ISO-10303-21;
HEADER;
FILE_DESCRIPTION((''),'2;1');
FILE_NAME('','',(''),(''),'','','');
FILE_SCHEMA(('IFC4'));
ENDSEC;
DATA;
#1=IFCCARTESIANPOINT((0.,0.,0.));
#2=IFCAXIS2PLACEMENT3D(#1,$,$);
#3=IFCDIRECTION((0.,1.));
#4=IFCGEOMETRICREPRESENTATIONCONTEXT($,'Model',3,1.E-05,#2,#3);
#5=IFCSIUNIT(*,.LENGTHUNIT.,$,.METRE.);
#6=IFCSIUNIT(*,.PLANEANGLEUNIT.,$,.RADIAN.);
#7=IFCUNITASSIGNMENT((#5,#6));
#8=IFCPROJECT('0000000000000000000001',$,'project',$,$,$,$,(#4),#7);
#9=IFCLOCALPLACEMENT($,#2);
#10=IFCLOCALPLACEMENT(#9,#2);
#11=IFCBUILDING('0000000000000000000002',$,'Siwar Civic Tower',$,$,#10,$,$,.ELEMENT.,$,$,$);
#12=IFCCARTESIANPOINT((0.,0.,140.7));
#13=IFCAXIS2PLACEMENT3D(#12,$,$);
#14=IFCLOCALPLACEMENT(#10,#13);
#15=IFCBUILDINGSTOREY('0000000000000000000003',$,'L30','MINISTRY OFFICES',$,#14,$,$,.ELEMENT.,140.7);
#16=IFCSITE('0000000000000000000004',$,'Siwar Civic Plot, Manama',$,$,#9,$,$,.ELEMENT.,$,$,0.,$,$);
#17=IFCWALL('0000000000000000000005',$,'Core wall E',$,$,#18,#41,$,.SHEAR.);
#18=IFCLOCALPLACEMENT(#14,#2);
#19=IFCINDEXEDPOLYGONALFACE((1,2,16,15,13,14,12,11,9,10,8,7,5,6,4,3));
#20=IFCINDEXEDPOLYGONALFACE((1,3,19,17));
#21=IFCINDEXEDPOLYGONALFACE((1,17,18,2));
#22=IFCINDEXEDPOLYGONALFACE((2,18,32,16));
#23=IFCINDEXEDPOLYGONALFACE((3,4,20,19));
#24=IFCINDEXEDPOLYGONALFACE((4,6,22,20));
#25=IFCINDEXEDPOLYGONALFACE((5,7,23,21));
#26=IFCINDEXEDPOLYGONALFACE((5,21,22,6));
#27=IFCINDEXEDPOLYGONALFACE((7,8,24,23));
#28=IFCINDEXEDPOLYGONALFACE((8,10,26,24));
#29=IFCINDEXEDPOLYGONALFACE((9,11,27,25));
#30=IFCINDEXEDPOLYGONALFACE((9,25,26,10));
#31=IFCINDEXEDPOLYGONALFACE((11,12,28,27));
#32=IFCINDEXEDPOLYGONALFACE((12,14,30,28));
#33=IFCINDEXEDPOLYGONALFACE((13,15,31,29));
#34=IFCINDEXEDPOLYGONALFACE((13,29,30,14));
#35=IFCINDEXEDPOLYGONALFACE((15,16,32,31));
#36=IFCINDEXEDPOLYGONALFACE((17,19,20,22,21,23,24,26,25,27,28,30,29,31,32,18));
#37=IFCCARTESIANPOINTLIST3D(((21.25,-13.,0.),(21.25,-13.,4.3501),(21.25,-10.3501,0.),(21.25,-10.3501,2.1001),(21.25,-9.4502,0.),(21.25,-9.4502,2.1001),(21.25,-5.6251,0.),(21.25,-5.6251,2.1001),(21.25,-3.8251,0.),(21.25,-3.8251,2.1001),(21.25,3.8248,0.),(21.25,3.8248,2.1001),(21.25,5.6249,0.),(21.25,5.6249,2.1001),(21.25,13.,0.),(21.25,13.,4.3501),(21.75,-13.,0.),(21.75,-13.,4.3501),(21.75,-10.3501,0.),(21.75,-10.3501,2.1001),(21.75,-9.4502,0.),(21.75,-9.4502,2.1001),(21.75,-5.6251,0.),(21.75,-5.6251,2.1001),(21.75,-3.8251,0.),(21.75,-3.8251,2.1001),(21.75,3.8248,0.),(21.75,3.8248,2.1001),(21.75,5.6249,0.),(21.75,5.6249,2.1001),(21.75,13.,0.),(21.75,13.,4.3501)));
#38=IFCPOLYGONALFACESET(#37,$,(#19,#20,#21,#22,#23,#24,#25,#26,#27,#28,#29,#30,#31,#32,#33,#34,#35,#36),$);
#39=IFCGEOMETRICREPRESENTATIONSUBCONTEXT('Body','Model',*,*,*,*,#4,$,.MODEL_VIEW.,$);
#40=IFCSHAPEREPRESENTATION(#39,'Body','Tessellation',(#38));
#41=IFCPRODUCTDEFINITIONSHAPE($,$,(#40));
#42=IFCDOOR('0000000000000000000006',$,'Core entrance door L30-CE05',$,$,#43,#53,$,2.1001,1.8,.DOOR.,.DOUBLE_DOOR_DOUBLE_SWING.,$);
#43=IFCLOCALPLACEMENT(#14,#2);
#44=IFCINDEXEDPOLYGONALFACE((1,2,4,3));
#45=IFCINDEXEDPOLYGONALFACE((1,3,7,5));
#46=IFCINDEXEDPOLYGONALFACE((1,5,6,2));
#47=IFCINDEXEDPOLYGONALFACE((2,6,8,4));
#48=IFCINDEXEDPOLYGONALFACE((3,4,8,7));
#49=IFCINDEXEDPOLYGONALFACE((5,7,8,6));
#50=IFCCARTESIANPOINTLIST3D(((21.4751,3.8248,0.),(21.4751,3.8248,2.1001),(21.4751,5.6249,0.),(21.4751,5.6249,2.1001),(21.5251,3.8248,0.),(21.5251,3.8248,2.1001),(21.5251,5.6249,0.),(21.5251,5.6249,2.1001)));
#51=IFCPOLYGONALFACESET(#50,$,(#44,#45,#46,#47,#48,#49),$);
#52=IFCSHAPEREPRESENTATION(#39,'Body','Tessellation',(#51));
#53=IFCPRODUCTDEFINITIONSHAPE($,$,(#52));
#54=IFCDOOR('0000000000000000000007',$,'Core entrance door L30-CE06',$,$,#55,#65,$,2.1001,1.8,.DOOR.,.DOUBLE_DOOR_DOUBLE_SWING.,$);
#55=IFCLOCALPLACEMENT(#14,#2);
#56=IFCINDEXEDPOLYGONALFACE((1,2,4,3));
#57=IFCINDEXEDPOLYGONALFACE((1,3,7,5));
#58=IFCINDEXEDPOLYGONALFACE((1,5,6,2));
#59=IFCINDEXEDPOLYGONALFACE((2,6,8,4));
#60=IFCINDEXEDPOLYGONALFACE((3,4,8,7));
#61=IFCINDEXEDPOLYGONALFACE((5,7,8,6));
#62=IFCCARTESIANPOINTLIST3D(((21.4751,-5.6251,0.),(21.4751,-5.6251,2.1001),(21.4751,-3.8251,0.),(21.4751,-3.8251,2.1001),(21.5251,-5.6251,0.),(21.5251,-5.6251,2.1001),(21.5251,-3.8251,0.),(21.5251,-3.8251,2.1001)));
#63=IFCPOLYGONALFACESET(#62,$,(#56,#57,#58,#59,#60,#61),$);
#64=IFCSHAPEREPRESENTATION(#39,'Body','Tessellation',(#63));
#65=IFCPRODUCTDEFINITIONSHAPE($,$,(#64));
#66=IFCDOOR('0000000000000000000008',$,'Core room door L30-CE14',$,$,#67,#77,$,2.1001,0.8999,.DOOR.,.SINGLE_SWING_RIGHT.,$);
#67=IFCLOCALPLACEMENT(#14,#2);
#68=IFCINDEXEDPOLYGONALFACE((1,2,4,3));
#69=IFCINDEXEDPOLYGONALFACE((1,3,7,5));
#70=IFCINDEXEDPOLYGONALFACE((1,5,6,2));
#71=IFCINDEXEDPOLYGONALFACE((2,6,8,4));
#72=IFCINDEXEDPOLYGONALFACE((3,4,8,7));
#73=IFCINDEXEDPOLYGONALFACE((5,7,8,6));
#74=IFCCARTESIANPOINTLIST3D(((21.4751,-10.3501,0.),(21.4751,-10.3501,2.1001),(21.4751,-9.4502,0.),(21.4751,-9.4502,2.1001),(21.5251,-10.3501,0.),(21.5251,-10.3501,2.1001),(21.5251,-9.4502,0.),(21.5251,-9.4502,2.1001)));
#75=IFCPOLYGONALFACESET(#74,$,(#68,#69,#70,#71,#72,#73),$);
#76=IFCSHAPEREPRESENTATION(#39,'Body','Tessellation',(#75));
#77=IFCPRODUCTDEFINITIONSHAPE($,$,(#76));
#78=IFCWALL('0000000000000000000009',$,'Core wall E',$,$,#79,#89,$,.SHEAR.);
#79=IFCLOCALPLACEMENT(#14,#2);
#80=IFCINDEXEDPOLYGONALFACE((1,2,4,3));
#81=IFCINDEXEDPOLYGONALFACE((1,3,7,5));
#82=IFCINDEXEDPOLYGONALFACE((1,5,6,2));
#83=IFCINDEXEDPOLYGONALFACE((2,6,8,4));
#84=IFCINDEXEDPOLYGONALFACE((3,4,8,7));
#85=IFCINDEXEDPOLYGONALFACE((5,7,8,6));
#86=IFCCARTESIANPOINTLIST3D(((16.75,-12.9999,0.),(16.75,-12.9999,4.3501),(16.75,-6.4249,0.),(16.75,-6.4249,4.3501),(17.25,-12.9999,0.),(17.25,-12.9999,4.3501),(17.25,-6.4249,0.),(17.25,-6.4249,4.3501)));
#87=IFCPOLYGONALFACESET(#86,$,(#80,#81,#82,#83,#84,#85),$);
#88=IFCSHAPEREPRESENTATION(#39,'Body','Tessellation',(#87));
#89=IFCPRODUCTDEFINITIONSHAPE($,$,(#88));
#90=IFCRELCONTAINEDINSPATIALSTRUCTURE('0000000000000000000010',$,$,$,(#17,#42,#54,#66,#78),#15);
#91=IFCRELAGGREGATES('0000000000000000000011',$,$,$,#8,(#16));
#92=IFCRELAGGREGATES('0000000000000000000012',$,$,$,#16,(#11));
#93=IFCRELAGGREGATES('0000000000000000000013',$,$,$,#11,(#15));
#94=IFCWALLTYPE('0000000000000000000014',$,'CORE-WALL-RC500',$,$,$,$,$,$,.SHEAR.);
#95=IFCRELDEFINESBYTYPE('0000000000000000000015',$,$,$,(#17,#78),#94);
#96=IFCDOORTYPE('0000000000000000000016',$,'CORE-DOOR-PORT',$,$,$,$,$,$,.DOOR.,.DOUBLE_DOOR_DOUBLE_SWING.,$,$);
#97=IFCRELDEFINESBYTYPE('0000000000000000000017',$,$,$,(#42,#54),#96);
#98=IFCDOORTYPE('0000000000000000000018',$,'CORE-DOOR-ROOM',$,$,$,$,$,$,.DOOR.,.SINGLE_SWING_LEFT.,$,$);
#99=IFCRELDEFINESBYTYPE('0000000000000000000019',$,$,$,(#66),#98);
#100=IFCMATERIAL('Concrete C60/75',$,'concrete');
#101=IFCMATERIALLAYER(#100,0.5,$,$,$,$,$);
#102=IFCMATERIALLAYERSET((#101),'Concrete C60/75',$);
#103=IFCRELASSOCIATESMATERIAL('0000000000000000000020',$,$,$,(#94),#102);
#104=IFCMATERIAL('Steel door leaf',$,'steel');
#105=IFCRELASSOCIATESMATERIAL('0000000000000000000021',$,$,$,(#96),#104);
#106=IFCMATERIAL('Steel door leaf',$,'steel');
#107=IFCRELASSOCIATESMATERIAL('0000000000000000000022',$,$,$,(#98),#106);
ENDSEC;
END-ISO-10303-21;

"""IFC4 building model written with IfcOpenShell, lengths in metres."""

from ifc_helpers import new_model, si_unit, direction, frame, frame_2d, origin, place, context, subcontext, project, spatial, rectangle, extrude, material, layer, layer_set, type_object, element, fill, save


model = new_model("IFC4")

# Units and contexts
model_context = context("Model", 3, precision=1e-05, world=origin(), true_north=direction((0.0, 1.0)))
body_context = subcontext(model_context, "Body", "Model", "MODEL_VIEW")
ifc_project = project(units=[si_unit("LENGTHUNIT", "METRE"), si_unit("PLANEANGLEUNIT", "RADIAN")], contexts=[model_context])

# Site, building, storey
site_placement = place(None, origin())
site = spatial("IfcSite", under=ifc_project, at=site_placement, Name="Siwar Civic Plot, Manama", CompositionType="ELEMENT", RefElevation=0.0)
building_placement = place(site_placement, origin())
building = spatial("IfcBuilding", under=site, at=building_placement, Name="Siwar Civic Tower", CompositionType="ELEMENT")
storey_placement = place(building_placement, frame((0.0, 0.0, 140.7)))
storey = spatial("IfcBuildingStorey", under=building, at=storey_placement, Name="L30", Description="MINISTRY OFFICES", CompositionType="ELEMENT", Elevation=140.7)

# Wall, openings, doors
ifc_material_1 = material(Name="Concrete C60/75", Category="concrete")
ifc_layer_1 = layer(ifc_material_1, 0.5)
ifc_layer_set_1 = layer_set([ifc_layer_1], Name="Concrete C60/75")
wall_type_1 = type_object("IfcWallType", Name="CORE-WALL-RC500", PredefinedType="SHEAR", material=ifc_layer_set_1)
wall_1_placement = place(storey_placement, frame((21.5, -13.0, 0.0), z_axis=(0.0, 0.0, 1.0), x_axis=(0.0, 1.0, 0.0)))
wall_1 = element("IfcWall", 1, at=wall_1_placement, inside=storey, type_object=wall_type_1, Name="Core wall E", PredefinedType="SHEAR", context=body_context, shape_type="SweptSolid", body=[
    extrude(rectangle(XDim=26.0, YDim=0.5, at=frame_2d((13.0, 0.0))), origin(), (0.0, 0.0, 1.0), 4.3501),
])
opening_1_placement = place(wall_1_placement, frame((16.825, 0.0, 0.0)))
opening_1 = element("IfcOpeningElement", 2, at=opening_1_placement, cuts=wall_1, PredefinedType="OPENING", context=body_context, shape_type="SweptSolid", body=[
    extrude(rectangle(XDim=1.8, YDim=2.1001, at=frame_2d((0.8999, 1.05))), frame((0.0, 0.26, 0.0), z_axis=(0.0, -1.0, 0.0), x_axis=(1.0, 0.0, 0.0)), (0.0, 0.0, 1.0), 0.52),
])
opening_2_placement = place(wall_1_placement, frame((7.375, 0.0, 0.0)))
opening_2 = element("IfcOpeningElement", 3, at=opening_2_placement, cuts=wall_1, PredefinedType="OPENING", context=body_context, shape_type="SweptSolid", body=[
    extrude(rectangle(XDim=1.8, YDim=2.1001, at=frame_2d((0.8999, 1.05))), frame((0.0, 0.26, 0.0), z_axis=(0.0, -1.0, 0.0), x_axis=(1.0, 0.0, 0.0)), (0.0, 0.0, 1.0), 0.52),
])
opening_3_placement = place(wall_1_placement, frame((2.6499, 0.0, 0.0)))
opening_3 = element("IfcOpeningElement", 4, at=opening_3_placement, cuts=wall_1, PredefinedType="OPENING", context=body_context, shape_type="SweptSolid", body=[
    extrude(rectangle(XDim=0.8999, YDim=2.1001, at=frame_2d((0.45, 1.05))), frame((0.0, 0.26, 0.0), z_axis=(0.0, -1.0, 0.0), x_axis=(1.0, 0.0, 0.0)), (0.0, 0.0, 1.0), 0.52),
])
ifc_material_2 = material(Name="Steel door leaf", Category="steel")
door_type_1 = type_object("IfcDoorType", Name="CORE-DOOR-PORT", OperationType="DOUBLE_DOOR_DOUBLE_SWING", PredefinedType="DOOR", material=ifc_material_2)
door_1_placement = place(opening_1_placement, origin())
door_1 = element("IfcDoor", 5, at=door_1_placement, inside=storey, type_object=door_type_1, Name="Core entrance door L30-CE05", OperationType="DOUBLE_DOOR_DOUBLE_SWING", OverallHeight=2.1001, OverallWidth=1.8, PredefinedType="DOOR", context=body_context, shape_type="SweptSolid", body=[
    extrude(rectangle(XDim=1.8, YDim=2.1001, at=frame_2d((0.8999, 1.05))), frame((0.0, 0.0249, 0.0), z_axis=(0.0, -1.0, 0.0), x_axis=(1.0, 0.0, 0.0)), (0.0, 0.0, 1.0), 0.05),
])
fill(opening_1, door_1)
door_2_placement = place(opening_2_placement, origin())
door_2 = element("IfcDoor", 6, at=door_2_placement, inside=storey, type_object=door_type_1, Name="Core entrance door L30-CE06", OperationType="DOUBLE_DOOR_DOUBLE_SWING", OverallHeight=2.1001, OverallWidth=1.8, PredefinedType="DOOR", context=body_context, shape_type="SweptSolid", body=[
    extrude(rectangle(XDim=1.8, YDim=2.1001, at=frame_2d((0.8999, 1.05))), frame((0.0, 0.0249, 0.0), z_axis=(0.0, -1.0, 0.0), x_axis=(1.0, 0.0, 0.0)), (0.0, 0.0, 1.0), 0.05),
])
fill(opening_2, door_2)
ifc_material_3 = material(Name="Steel door leaf", Category="steel")
door_type_2 = type_object("IfcDoorType", Name="CORE-DOOR-ROOM", OperationType="SINGLE_SWING_LEFT", PredefinedType="DOOR", material=ifc_material_3)
door_3_placement = place(opening_3_placement, origin())
door_3 = element("IfcDoor", 7, at=door_3_placement, inside=storey, type_object=door_type_2, Name="Core room door L30-CE14", OperationType="SINGLE_SWING_RIGHT", OverallHeight=2.1001, OverallWidth=0.8999, PredefinedType="DOOR", context=body_context, shape_type="SweptSolid", body=[
    extrude(rectangle(XDim=0.8999, YDim=2.1001, at=frame_2d((0.45, 1.05))), frame((0.0, 0.0249, 0.0), z_axis=(0.0, -1.0, 0.0), x_axis=(1.0, 0.0, 0.0)), (0.0, 0.0, 1.0), 0.05),
])
fill(opening_3, door_3)

# Wall
wall_2_placement = place(storey_placement, frame((17.0, -13.0, 0.0), z_axis=(0.0, 0.0, 1.0), x_axis=(0.0, 1.0, 0.0)))
element("IfcWall", 8, at=wall_2_placement, inside=storey, type_object=wall_type_1, Name="Core wall E", PredefinedType="SHEAR", context=body_context, shape_type="SweptSolid", body=[
    extrude(rectangle(XDim=6.575, YDim=0.5, at=frame_2d((3.2876, 0.0))), origin(), (0.0, 0.0, 1.0), 4.3501),
])

save(model, "model.ifc")
